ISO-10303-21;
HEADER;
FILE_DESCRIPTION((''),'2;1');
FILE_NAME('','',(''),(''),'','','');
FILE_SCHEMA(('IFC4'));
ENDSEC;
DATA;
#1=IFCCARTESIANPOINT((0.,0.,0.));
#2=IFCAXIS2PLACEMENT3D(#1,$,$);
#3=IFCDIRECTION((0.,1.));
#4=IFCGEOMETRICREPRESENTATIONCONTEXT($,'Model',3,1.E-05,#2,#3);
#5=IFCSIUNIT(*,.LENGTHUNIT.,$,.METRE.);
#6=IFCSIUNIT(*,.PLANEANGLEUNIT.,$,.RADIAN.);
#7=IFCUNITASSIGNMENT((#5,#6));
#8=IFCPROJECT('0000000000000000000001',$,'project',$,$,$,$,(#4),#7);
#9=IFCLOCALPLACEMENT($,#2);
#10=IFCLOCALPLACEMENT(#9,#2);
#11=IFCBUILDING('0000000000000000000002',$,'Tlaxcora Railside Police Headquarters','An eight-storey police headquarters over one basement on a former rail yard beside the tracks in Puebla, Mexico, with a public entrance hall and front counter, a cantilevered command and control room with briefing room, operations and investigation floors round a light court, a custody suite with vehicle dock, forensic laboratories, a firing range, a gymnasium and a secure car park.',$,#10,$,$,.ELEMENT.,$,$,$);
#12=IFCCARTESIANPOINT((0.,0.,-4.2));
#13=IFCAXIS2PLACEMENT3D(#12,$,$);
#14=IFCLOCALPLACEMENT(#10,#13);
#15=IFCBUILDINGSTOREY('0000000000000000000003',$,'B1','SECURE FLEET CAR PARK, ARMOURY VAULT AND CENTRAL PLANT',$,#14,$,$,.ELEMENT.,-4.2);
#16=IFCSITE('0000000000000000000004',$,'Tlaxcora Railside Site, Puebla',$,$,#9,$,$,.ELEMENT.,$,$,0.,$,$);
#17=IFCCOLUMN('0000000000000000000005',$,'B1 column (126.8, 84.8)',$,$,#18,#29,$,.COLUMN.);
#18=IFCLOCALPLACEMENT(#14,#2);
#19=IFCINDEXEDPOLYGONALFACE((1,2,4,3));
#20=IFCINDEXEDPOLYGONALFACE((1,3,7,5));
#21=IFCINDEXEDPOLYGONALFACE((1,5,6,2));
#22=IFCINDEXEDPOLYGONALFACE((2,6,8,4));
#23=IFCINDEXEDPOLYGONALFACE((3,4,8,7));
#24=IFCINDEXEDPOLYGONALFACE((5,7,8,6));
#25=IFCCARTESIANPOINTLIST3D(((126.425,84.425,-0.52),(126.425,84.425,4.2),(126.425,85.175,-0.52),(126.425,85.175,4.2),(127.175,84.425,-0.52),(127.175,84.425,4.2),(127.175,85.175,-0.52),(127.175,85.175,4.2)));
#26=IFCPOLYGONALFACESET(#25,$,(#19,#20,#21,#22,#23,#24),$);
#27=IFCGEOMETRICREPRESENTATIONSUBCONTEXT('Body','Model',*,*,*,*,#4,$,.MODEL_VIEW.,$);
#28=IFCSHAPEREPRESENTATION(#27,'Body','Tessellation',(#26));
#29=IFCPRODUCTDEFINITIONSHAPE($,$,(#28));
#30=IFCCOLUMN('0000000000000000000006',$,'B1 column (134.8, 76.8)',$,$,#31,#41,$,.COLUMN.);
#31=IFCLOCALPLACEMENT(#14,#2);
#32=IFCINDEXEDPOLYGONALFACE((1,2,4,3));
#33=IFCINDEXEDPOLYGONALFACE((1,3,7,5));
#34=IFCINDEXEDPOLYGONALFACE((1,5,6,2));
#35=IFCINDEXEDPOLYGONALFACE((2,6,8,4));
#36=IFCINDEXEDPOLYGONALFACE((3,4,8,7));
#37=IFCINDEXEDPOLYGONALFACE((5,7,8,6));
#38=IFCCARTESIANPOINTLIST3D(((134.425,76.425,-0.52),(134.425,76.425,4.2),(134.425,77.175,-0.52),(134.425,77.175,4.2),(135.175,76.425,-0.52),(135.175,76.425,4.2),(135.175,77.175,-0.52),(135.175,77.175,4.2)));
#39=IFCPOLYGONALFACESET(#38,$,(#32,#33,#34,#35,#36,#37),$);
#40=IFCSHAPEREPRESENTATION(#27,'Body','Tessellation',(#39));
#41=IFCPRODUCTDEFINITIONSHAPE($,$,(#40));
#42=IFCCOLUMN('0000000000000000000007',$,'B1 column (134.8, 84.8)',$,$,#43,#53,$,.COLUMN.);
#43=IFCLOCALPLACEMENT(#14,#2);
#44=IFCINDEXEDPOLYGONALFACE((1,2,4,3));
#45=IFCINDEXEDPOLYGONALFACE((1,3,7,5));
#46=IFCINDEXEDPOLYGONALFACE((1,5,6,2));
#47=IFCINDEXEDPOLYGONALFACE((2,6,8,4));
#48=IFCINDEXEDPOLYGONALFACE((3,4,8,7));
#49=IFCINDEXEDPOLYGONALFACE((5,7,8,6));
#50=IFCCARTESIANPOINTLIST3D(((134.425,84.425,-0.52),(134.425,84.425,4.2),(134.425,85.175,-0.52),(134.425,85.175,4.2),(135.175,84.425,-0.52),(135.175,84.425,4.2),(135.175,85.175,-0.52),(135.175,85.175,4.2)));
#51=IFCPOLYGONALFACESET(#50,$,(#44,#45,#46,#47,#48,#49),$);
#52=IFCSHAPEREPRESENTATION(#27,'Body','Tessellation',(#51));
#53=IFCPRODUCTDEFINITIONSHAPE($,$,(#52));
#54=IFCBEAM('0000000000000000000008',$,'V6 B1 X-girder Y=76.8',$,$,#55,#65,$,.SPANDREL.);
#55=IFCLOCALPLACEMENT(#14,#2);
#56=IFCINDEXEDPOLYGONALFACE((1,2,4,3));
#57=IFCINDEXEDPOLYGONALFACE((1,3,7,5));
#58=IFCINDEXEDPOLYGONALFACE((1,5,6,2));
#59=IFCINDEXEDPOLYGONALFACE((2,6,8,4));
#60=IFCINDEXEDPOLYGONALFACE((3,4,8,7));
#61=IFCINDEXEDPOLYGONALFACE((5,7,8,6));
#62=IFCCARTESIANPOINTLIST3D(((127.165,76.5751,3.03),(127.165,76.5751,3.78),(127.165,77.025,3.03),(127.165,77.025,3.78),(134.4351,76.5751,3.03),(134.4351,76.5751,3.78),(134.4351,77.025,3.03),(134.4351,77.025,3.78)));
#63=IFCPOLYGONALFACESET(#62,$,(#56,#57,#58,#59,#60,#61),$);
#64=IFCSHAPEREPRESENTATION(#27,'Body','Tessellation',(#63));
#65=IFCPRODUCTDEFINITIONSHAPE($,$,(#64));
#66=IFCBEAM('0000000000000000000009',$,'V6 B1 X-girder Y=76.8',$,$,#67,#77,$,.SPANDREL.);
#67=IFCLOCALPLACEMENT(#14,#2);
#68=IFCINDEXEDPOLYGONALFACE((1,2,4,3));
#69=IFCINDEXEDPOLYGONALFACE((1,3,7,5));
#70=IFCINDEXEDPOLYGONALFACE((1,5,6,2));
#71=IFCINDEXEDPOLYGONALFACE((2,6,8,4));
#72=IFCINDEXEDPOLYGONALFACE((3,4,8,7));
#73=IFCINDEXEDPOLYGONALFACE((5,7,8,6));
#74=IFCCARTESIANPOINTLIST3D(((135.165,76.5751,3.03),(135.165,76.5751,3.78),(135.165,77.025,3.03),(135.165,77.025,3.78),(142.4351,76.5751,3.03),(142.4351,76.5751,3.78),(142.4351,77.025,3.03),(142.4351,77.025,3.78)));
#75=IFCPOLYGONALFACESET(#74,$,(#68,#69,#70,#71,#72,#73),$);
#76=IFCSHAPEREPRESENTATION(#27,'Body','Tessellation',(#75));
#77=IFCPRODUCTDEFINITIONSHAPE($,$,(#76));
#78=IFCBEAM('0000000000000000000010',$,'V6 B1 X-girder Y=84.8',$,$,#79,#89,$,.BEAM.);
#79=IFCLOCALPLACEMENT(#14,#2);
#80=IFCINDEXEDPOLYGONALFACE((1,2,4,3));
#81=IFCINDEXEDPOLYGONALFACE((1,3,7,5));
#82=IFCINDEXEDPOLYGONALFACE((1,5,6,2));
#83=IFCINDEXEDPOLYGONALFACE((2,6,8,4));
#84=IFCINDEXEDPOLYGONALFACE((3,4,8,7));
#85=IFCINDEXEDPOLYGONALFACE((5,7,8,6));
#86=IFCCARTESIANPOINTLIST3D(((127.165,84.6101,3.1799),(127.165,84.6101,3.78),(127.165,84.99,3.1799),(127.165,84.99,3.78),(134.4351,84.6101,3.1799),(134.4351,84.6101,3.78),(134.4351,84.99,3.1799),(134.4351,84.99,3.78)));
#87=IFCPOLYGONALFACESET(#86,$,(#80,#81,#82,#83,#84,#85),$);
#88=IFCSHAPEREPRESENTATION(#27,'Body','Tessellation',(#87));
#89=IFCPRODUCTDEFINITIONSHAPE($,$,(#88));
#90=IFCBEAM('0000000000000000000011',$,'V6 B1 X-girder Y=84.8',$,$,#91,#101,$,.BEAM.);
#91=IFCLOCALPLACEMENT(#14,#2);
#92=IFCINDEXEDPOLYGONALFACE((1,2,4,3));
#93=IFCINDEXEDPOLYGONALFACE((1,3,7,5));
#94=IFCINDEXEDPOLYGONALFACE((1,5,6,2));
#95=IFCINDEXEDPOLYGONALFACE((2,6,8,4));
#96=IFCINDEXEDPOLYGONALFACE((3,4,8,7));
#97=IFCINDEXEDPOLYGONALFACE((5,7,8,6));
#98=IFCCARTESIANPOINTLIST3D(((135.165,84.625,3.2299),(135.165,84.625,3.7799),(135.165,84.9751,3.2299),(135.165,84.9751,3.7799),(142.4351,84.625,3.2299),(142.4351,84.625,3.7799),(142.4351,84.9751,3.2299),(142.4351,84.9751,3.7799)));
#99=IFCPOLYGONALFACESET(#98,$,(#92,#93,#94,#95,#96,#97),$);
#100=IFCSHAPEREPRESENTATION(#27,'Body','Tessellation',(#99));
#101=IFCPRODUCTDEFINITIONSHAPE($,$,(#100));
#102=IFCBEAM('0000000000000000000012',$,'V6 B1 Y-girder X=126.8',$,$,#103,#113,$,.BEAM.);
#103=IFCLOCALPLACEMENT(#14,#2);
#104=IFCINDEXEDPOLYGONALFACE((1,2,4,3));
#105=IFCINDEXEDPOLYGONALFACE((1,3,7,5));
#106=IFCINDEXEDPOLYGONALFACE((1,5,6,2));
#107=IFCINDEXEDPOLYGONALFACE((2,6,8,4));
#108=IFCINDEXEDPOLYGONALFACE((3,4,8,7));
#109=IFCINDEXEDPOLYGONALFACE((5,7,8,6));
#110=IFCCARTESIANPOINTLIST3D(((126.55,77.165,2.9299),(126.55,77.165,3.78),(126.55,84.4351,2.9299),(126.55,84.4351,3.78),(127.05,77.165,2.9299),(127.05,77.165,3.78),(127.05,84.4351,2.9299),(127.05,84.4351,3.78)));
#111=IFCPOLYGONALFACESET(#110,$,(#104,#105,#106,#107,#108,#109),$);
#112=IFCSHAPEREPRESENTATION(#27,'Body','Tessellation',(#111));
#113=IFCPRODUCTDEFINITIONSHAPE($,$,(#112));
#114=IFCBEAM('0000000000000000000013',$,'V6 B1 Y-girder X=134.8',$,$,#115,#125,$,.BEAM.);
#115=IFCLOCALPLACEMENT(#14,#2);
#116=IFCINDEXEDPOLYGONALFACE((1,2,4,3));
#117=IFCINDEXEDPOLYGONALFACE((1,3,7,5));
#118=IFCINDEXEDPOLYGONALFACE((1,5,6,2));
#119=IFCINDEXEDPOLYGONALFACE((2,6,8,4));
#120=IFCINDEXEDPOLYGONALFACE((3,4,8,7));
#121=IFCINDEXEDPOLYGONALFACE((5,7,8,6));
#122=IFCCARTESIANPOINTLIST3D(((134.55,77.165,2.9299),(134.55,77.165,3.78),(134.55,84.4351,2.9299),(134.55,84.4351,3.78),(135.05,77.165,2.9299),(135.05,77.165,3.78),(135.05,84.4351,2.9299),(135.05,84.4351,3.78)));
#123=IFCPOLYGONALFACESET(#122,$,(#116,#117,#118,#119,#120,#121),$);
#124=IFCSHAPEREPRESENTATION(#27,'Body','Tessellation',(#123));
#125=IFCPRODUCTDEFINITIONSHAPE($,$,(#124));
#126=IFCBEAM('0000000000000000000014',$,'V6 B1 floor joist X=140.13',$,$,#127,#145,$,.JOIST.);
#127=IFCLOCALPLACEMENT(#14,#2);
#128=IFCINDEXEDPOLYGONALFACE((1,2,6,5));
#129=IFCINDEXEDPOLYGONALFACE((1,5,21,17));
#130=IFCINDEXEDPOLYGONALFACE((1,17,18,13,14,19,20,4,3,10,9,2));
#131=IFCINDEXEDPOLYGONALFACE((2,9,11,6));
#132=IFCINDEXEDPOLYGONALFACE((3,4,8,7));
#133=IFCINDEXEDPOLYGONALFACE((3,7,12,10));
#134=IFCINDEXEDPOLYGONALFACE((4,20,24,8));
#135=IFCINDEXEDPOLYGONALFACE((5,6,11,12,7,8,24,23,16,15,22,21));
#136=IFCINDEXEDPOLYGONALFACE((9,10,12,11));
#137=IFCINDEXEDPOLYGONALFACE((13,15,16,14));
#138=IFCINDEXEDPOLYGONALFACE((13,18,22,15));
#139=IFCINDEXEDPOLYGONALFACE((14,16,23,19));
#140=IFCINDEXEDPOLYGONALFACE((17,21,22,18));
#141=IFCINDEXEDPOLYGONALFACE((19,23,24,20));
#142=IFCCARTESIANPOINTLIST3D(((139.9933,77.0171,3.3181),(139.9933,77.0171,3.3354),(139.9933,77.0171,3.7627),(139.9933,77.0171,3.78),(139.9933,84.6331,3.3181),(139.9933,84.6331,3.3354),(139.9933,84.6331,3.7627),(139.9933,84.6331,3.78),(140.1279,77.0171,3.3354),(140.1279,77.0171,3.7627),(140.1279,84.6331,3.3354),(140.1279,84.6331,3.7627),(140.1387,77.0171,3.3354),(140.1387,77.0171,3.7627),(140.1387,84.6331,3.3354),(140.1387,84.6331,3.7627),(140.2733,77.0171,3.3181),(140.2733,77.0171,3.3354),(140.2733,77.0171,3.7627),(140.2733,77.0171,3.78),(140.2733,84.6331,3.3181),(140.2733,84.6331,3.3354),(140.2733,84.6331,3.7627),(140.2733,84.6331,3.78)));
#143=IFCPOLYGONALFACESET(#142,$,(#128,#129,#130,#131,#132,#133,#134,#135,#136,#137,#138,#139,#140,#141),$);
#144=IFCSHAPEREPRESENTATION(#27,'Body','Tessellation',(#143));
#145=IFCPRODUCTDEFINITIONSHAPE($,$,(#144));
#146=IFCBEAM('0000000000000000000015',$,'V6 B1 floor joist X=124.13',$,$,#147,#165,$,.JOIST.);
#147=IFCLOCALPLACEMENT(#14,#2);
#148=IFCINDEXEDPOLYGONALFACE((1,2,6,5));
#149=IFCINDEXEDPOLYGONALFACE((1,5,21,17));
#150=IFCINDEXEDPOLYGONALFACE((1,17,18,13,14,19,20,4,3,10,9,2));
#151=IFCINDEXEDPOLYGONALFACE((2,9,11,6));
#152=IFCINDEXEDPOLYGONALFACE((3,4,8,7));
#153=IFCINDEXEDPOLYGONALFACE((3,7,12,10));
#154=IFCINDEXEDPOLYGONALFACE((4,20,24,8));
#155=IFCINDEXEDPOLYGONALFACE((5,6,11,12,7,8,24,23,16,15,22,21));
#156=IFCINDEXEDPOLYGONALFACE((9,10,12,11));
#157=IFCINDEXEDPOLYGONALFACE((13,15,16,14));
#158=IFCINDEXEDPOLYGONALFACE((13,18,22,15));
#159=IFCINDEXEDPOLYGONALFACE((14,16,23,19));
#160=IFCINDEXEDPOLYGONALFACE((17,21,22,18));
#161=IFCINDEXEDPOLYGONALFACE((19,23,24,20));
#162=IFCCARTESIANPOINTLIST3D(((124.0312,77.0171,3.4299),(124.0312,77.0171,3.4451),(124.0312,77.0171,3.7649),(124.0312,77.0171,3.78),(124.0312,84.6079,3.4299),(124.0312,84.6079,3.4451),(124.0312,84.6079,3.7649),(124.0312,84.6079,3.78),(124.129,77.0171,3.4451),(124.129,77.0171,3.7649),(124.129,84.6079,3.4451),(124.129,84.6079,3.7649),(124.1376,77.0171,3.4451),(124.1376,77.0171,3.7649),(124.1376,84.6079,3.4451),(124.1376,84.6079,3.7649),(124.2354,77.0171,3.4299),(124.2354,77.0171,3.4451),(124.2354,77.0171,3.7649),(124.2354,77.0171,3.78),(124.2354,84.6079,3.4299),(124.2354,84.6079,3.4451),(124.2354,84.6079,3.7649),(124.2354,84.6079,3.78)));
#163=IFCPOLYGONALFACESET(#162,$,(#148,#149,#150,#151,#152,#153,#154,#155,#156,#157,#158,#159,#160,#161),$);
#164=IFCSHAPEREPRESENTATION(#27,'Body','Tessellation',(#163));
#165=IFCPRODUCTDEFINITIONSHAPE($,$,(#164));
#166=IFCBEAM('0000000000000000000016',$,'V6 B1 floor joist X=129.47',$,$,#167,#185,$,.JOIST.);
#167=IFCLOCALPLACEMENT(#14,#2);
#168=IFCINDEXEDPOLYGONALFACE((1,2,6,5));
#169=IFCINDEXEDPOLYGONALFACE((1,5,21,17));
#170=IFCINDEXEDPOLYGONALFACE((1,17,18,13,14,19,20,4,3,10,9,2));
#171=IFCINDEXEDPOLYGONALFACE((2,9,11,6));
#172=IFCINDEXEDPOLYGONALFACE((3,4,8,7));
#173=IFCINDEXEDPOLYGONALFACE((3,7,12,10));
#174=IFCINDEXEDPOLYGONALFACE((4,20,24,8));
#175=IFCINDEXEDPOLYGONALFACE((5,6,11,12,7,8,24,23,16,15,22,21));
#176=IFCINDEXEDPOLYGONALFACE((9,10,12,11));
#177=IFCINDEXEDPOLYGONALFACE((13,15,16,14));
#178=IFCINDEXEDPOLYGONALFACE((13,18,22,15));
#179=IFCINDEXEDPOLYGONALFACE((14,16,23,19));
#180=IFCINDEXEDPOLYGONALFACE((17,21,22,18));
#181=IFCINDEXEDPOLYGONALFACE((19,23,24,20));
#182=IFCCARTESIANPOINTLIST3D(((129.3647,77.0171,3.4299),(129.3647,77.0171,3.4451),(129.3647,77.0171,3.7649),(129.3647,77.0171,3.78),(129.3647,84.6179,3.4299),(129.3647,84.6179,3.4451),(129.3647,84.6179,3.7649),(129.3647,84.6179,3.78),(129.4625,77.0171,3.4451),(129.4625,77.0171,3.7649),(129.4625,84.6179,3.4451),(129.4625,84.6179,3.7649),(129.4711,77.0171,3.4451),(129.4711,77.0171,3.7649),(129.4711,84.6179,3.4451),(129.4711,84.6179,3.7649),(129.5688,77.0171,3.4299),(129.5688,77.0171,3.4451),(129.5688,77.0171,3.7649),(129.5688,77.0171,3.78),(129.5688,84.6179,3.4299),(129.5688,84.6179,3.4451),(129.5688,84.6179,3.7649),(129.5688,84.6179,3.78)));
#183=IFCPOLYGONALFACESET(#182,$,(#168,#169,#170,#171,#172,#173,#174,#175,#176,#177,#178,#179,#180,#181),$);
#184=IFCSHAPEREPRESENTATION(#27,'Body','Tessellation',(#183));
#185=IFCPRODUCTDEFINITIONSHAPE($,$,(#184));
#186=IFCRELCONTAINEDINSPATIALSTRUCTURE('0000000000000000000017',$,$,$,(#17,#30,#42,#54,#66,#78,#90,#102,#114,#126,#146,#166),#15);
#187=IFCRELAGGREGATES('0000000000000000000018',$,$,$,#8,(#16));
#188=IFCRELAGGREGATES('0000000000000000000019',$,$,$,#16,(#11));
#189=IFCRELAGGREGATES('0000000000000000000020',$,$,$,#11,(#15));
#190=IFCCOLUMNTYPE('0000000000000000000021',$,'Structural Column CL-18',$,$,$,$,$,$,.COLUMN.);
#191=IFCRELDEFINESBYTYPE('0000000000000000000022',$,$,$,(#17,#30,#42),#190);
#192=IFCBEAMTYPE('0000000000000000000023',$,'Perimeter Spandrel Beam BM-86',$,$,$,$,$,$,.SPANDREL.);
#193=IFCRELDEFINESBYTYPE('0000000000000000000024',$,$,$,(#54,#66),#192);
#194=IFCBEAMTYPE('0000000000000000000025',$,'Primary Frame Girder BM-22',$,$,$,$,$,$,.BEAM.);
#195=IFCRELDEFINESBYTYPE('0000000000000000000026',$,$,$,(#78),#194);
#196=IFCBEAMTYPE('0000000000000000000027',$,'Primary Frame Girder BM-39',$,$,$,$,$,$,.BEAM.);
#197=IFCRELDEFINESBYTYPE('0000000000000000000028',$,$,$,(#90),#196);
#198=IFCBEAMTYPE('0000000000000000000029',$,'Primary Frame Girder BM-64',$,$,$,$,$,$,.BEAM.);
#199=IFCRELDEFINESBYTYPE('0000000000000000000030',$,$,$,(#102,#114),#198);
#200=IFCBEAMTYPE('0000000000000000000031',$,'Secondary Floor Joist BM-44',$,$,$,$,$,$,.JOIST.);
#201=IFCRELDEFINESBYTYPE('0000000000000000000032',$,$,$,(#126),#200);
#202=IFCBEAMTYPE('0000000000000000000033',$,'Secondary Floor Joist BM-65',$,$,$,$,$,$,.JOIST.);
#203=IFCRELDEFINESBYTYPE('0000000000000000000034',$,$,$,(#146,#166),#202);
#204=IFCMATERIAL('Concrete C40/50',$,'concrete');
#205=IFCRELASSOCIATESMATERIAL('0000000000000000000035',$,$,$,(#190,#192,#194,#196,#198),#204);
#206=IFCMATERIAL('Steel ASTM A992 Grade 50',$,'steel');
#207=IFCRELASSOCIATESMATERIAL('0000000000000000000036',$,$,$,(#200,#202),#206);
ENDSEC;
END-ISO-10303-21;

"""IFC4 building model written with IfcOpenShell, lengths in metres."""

from ifc_helpers import new_model, si_unit, direction, frame, origin, origin_2d, place, context, subcontext, project, spatial, rectangle, i_section, extrude, material, material_profile, profile_set, type_object, element, save


model = new_model("IFC4")

# Units and contexts
model_context = context("Model", 3, precision=1e-05, world=origin(), true_north=direction((0.0, 1.0)))
body_context = subcontext(model_context, "Body", "Model", "MODEL_VIEW")
ifc_project = project(units=[si_unit("LENGTHUNIT", "METRE"), si_unit("PLANEANGLEUNIT", "RADIAN")], contexts=[model_context])

# Site, building, storey
site_placement = place(None, origin())
site = spatial("IfcSite", under=ifc_project, at=site_placement, Name="Tlaxcora Railside Site, Puebla", CompositionType="ELEMENT", RefElevation=0.0)
building_placement = place(site_placement, origin())
building = spatial("IfcBuilding", under=site, at=building_placement, Name="Tlaxcora Railside Police Headquarters", Description="An eight-storey police headquarters over one basement on a former rail yard beside the tracks in Puebla, Mexico, with a public entrance hall and front counter, a cantilevered command and control room with briefing room, operations and investigation floors round a light court, a custody suite with vehicle dock, forensic laboratories, a firing range, a gymnasium and a secure car park.", CompositionType="ELEMENT")
storey_placement = place(building_placement, frame((0.0, 0.0, -4.2)))
storey = spatial("IfcBuildingStorey", under=building, at=storey_placement, Name="B1", Description="SECURE FLEET CAR PARK, ARMOURY VAULT AND CENTRAL PLANT", CompositionType="ELEMENT", Elevation=-4.2)

# Shared definitions
ifc_material_1 = material(Name="Concrete C40/50", Category="concrete")

# Columns
ifc_material_profile_1 = material_profile(ifc_material_1, rectangle(XDim=0.75, YDim=0.75, at=origin_2d()), Name="RC750X750")
ifc_profile_set_1 = profile_set([ifc_material_profile_1], Name="Concrete C40/50")
column_type = type_object("IfcColumnType", Name="Structural Column CL-18", PredefinedType="COLUMN", material=ifc_profile_set_1)
for number, where, z_axis, x_axis, name in (
    (1, (126.8, 84.8, -0.52), (0.0, 0.0, 1.0), (1.0, 0.0, 0.0), "B1 column (126.8, 84.8)"),
    (2, (134.8, 76.8, -0.52), (0.0, 0.0, 1.0), (1.0, 0.0, 0.0), "B1 column (134.8, 76.8)"),
    (3, (134.8, 84.8, -0.52), (0.0, 0.0, 1.0), (1.0, 0.0, 0.0), "B1 column (134.8, 84.8)"),
):
    element("IfcColumn", number, at=place(storey_placement, frame(where, z_axis=z_axis, x_axis=x_axis)), inside=storey, type_object=column_type, Name=name, PredefinedType="COLUMN", context=body_context, shape_type="SweptSolid", body=[
        extrude(rectangle(XDim=0.75, YDim=0.75, at=origin_2d()), origin(), (0.0, 0.0, 1.0), 4.72),
    ])

# Beams
ifc_material_profile_2 = material_profile(ifc_material_1, rectangle(XDim=0.45, YDim=0.75, at=origin_2d()), Name="RC450X750")
ifc_profile_set_2 = profile_set([ifc_material_profile_2], Name="Concrete C40/50")
beam_type_1 = type_object("IfcBeamType", Name="Perimeter Spandrel Beam BM-86", PredefinedType="SPANDREL", material=ifc_profile_set_2)
for number, where, z_axis, x_axis, name in (
    (4, (127.165, 76.8, 3.405), (1.0, 0.0, 0.0), (0.0, 1.0, 0.0), "V6 B1 X-girder Y=76.8"),
    (5, (135.165, 76.8, 3.405), (1.0, 0.0, 0.0), (0.0, 1.0, 0.0), "V6 B1 X-girder Y=76.8"),
):
    element("IfcBeam", number, at=place(storey_placement, frame(where, z_axis=z_axis, x_axis=x_axis)), inside=storey, type_object=beam_type_1, Name=name, PredefinedType="SPANDREL", context=body_context, shape_type="SweptSolid", body=[
        extrude(rectangle(XDim=0.45, YDim=0.75, at=origin_2d()), origin(), (0.0, 0.0, 1.0), 7.27),
    ])
ifc_material_profile_3 = material_profile(ifc_material_1, rectangle(XDim=0.3799, YDim=0.6001, at=origin_2d()), Name="RC380X600")
ifc_profile_set_3 = profile_set([ifc_material_profile_3], Name="Concrete C40/50")
beam_type_2 = type_object("IfcBeamType", Name="Primary Frame Girder BM-22", PredefinedType="BEAM", material=ifc_profile_set_3)
beam_1_placement = place(storey_placement, frame((127.165, 84.8, 3.48), z_axis=(1.0, 0.0, 0.0), x_axis=(0.0, 1.0, 0.0)))
element("IfcBeam", 6, at=beam_1_placement, inside=storey, type_object=beam_type_2, Name="V6 B1 X-girder Y=84.8", PredefinedType="BEAM", context=body_context, shape_type="SweptSolid", body=[
    extrude(rectangle(XDim=0.3799, YDim=0.6001, at=origin_2d()), origin(), (0.0, 0.0, 1.0), 7.27),
])
ifc_material_profile_4 = material_profile(ifc_material_1, rectangle(XDim=0.3501, YDim=0.55, at=origin_2d()), Name="RC350X550")
ifc_profile_set_4 = profile_set([ifc_material_profile_4], Name="Concrete C40/50")
beam_type_3 = type_object("IfcBeamType", Name="Primary Frame Girder BM-39", PredefinedType="BEAM", material=ifc_profile_set_4)
beam_2_placement = place(storey_placement, frame((135.165, 84.8, 3.5049), z_axis=(1.0, 0.0, 0.0), x_axis=(0.0, 1.0, 0.0)))
element("IfcBeam", 7, at=beam_2_placement, inside=storey, type_object=beam_type_3, Name="V6 B1 X-girder Y=84.8", PredefinedType="BEAM", context=body_context, shape_type="SweptSolid", body=[
    extrude(rectangle(XDim=0.3501, YDim=0.55, at=origin_2d()), origin(), (0.0, 0.0, 1.0), 7.27),
])
ifc_material_profile_5 = material_profile(ifc_material_1, rectangle(XDim=0.5, YDim=0.8501, at=origin_2d()), Name="RC500X850")
ifc_profile_set_5 = profile_set([ifc_material_profile_5], Name="Concrete C40/50")
beam_type_4 = type_object("IfcBeamType", Name="Primary Frame Girder BM-64", PredefinedType="BEAM", material=ifc_profile_set_5)
for number, where, z_axis, x_axis, name in (
    (8, (126.8, 77.165, 3.355), (0.0, 1.0, 0.0), (-1.0, 0.0, 0.0), "V6 B1 Y-girder X=126.8"),
    (9, (134.8, 77.165, 3.355), (0.0, 1.0, 0.0), (-1.0, 0.0, 0.0), "V6 B1 Y-girder X=134.8"),
):
    element("IfcBeam", number, at=place(storey_placement, frame(where, z_axis=z_axis, x_axis=x_axis)), inside=storey, type_object=beam_type_4, Name=name, PredefinedType="BEAM", context=body_context, shape_type="SweptSolid", body=[
        extrude(rectangle(XDim=0.5, YDim=0.8501, at=origin_2d()), origin(), (0.0, 0.0, 1.0), 7.27),
    ])
ifc_material_2 = material(Name="Steel ASTM A992 Grade 50", Category="steel")
ifc_material_profile_6 = material_profile(ifc_material_2, i_section(OverallWidth=0.28, OverallDepth=0.4619, WebThickness=0.0107, FlangeThickness=0.0173, at=origin_2d()), Name="W18X76")
ifc_profile_set_6 = profile_set([ifc_material_profile_6], Name="Steel ASTM A992 Grade 50")
beam_type_5 = type_object("IfcBeamType", Name="Secondary Floor Joist BM-44", PredefinedType="JOIST", material=ifc_profile_set_6)
beam_3_placement = place(storey_placement, frame((140.1333, 77.0171, 3.5491), z_axis=(0.0, 1.0, 0.0), x_axis=(-1.0, 0.0, 0.0)))
element("IfcBeam", 10, at=beam_3_placement, inside=storey, type_object=beam_type_5, Name="V6 B1 floor joist X=140.13", PredefinedType="JOIST", context=body_context, shape_type="SweptSolid", body=[
    extrude(i_section(OverallWidth=0.28, OverallDepth=0.4619, WebThickness=0.0107, FlangeThickness=0.0173, at=origin_2d()), origin(), (0.0, 0.0, 1.0), 7.616),
])
ifc_material_profile_7 = material_profile(ifc_material_2, i_section(OverallWidth=0.2041, OverallDepth=0.3501, WebThickness=0.0085, FlangeThickness=0.0151, at=origin_2d()), Name="W14X48")
ifc_profile_set_7 = profile_set([ifc_material_profile_7], Name="Steel ASTM A992 Grade 50")
beam_type_6 = type_object("IfcBeamType", Name="Secondary Floor Joist BM-65", PredefinedType="JOIST", material=ifc_profile_set_7)
beam_4_placement = place(storey_placement, frame((124.1333, 77.0171, 3.605), z_axis=(0.0, 1.0, 0.0), x_axis=(-1.0, 0.0, 0.0)))
element("IfcBeam", 11, at=beam_4_placement, inside=storey, type_object=beam_type_6, Name="V6 B1 floor joist X=124.13", PredefinedType="JOIST", context=body_context, shape_type="SweptSolid", body=[
    extrude(i_section(OverallWidth=0.2041, OverallDepth=0.3501, WebThickness=0.0085, FlangeThickness=0.0151, at=origin_2d()), origin(), (0.0, 0.0, 1.0), 7.5908),
])
beam_5_placement = place(storey_placement, frame((129.4668, 77.0171, 3.605), z_axis=(0.0, 1.0, 0.0), x_axis=(-1.0, 0.0, 0.0)))
element("IfcBeam", 12, at=beam_5_placement, inside=storey, type_object=beam_type_6, Name="V6 B1 floor joist X=129.47", PredefinedType="JOIST", context=body_context, shape_type="SweptSolid", body=[
    extrude(i_section(OverallWidth=0.2041, OverallDepth=0.3501, WebThickness=0.0085, FlangeThickness=0.0151, at=origin_2d()), origin(), (0.0, 0.0, 1.0), 7.6008),
])

save(model, "model.ifc")
